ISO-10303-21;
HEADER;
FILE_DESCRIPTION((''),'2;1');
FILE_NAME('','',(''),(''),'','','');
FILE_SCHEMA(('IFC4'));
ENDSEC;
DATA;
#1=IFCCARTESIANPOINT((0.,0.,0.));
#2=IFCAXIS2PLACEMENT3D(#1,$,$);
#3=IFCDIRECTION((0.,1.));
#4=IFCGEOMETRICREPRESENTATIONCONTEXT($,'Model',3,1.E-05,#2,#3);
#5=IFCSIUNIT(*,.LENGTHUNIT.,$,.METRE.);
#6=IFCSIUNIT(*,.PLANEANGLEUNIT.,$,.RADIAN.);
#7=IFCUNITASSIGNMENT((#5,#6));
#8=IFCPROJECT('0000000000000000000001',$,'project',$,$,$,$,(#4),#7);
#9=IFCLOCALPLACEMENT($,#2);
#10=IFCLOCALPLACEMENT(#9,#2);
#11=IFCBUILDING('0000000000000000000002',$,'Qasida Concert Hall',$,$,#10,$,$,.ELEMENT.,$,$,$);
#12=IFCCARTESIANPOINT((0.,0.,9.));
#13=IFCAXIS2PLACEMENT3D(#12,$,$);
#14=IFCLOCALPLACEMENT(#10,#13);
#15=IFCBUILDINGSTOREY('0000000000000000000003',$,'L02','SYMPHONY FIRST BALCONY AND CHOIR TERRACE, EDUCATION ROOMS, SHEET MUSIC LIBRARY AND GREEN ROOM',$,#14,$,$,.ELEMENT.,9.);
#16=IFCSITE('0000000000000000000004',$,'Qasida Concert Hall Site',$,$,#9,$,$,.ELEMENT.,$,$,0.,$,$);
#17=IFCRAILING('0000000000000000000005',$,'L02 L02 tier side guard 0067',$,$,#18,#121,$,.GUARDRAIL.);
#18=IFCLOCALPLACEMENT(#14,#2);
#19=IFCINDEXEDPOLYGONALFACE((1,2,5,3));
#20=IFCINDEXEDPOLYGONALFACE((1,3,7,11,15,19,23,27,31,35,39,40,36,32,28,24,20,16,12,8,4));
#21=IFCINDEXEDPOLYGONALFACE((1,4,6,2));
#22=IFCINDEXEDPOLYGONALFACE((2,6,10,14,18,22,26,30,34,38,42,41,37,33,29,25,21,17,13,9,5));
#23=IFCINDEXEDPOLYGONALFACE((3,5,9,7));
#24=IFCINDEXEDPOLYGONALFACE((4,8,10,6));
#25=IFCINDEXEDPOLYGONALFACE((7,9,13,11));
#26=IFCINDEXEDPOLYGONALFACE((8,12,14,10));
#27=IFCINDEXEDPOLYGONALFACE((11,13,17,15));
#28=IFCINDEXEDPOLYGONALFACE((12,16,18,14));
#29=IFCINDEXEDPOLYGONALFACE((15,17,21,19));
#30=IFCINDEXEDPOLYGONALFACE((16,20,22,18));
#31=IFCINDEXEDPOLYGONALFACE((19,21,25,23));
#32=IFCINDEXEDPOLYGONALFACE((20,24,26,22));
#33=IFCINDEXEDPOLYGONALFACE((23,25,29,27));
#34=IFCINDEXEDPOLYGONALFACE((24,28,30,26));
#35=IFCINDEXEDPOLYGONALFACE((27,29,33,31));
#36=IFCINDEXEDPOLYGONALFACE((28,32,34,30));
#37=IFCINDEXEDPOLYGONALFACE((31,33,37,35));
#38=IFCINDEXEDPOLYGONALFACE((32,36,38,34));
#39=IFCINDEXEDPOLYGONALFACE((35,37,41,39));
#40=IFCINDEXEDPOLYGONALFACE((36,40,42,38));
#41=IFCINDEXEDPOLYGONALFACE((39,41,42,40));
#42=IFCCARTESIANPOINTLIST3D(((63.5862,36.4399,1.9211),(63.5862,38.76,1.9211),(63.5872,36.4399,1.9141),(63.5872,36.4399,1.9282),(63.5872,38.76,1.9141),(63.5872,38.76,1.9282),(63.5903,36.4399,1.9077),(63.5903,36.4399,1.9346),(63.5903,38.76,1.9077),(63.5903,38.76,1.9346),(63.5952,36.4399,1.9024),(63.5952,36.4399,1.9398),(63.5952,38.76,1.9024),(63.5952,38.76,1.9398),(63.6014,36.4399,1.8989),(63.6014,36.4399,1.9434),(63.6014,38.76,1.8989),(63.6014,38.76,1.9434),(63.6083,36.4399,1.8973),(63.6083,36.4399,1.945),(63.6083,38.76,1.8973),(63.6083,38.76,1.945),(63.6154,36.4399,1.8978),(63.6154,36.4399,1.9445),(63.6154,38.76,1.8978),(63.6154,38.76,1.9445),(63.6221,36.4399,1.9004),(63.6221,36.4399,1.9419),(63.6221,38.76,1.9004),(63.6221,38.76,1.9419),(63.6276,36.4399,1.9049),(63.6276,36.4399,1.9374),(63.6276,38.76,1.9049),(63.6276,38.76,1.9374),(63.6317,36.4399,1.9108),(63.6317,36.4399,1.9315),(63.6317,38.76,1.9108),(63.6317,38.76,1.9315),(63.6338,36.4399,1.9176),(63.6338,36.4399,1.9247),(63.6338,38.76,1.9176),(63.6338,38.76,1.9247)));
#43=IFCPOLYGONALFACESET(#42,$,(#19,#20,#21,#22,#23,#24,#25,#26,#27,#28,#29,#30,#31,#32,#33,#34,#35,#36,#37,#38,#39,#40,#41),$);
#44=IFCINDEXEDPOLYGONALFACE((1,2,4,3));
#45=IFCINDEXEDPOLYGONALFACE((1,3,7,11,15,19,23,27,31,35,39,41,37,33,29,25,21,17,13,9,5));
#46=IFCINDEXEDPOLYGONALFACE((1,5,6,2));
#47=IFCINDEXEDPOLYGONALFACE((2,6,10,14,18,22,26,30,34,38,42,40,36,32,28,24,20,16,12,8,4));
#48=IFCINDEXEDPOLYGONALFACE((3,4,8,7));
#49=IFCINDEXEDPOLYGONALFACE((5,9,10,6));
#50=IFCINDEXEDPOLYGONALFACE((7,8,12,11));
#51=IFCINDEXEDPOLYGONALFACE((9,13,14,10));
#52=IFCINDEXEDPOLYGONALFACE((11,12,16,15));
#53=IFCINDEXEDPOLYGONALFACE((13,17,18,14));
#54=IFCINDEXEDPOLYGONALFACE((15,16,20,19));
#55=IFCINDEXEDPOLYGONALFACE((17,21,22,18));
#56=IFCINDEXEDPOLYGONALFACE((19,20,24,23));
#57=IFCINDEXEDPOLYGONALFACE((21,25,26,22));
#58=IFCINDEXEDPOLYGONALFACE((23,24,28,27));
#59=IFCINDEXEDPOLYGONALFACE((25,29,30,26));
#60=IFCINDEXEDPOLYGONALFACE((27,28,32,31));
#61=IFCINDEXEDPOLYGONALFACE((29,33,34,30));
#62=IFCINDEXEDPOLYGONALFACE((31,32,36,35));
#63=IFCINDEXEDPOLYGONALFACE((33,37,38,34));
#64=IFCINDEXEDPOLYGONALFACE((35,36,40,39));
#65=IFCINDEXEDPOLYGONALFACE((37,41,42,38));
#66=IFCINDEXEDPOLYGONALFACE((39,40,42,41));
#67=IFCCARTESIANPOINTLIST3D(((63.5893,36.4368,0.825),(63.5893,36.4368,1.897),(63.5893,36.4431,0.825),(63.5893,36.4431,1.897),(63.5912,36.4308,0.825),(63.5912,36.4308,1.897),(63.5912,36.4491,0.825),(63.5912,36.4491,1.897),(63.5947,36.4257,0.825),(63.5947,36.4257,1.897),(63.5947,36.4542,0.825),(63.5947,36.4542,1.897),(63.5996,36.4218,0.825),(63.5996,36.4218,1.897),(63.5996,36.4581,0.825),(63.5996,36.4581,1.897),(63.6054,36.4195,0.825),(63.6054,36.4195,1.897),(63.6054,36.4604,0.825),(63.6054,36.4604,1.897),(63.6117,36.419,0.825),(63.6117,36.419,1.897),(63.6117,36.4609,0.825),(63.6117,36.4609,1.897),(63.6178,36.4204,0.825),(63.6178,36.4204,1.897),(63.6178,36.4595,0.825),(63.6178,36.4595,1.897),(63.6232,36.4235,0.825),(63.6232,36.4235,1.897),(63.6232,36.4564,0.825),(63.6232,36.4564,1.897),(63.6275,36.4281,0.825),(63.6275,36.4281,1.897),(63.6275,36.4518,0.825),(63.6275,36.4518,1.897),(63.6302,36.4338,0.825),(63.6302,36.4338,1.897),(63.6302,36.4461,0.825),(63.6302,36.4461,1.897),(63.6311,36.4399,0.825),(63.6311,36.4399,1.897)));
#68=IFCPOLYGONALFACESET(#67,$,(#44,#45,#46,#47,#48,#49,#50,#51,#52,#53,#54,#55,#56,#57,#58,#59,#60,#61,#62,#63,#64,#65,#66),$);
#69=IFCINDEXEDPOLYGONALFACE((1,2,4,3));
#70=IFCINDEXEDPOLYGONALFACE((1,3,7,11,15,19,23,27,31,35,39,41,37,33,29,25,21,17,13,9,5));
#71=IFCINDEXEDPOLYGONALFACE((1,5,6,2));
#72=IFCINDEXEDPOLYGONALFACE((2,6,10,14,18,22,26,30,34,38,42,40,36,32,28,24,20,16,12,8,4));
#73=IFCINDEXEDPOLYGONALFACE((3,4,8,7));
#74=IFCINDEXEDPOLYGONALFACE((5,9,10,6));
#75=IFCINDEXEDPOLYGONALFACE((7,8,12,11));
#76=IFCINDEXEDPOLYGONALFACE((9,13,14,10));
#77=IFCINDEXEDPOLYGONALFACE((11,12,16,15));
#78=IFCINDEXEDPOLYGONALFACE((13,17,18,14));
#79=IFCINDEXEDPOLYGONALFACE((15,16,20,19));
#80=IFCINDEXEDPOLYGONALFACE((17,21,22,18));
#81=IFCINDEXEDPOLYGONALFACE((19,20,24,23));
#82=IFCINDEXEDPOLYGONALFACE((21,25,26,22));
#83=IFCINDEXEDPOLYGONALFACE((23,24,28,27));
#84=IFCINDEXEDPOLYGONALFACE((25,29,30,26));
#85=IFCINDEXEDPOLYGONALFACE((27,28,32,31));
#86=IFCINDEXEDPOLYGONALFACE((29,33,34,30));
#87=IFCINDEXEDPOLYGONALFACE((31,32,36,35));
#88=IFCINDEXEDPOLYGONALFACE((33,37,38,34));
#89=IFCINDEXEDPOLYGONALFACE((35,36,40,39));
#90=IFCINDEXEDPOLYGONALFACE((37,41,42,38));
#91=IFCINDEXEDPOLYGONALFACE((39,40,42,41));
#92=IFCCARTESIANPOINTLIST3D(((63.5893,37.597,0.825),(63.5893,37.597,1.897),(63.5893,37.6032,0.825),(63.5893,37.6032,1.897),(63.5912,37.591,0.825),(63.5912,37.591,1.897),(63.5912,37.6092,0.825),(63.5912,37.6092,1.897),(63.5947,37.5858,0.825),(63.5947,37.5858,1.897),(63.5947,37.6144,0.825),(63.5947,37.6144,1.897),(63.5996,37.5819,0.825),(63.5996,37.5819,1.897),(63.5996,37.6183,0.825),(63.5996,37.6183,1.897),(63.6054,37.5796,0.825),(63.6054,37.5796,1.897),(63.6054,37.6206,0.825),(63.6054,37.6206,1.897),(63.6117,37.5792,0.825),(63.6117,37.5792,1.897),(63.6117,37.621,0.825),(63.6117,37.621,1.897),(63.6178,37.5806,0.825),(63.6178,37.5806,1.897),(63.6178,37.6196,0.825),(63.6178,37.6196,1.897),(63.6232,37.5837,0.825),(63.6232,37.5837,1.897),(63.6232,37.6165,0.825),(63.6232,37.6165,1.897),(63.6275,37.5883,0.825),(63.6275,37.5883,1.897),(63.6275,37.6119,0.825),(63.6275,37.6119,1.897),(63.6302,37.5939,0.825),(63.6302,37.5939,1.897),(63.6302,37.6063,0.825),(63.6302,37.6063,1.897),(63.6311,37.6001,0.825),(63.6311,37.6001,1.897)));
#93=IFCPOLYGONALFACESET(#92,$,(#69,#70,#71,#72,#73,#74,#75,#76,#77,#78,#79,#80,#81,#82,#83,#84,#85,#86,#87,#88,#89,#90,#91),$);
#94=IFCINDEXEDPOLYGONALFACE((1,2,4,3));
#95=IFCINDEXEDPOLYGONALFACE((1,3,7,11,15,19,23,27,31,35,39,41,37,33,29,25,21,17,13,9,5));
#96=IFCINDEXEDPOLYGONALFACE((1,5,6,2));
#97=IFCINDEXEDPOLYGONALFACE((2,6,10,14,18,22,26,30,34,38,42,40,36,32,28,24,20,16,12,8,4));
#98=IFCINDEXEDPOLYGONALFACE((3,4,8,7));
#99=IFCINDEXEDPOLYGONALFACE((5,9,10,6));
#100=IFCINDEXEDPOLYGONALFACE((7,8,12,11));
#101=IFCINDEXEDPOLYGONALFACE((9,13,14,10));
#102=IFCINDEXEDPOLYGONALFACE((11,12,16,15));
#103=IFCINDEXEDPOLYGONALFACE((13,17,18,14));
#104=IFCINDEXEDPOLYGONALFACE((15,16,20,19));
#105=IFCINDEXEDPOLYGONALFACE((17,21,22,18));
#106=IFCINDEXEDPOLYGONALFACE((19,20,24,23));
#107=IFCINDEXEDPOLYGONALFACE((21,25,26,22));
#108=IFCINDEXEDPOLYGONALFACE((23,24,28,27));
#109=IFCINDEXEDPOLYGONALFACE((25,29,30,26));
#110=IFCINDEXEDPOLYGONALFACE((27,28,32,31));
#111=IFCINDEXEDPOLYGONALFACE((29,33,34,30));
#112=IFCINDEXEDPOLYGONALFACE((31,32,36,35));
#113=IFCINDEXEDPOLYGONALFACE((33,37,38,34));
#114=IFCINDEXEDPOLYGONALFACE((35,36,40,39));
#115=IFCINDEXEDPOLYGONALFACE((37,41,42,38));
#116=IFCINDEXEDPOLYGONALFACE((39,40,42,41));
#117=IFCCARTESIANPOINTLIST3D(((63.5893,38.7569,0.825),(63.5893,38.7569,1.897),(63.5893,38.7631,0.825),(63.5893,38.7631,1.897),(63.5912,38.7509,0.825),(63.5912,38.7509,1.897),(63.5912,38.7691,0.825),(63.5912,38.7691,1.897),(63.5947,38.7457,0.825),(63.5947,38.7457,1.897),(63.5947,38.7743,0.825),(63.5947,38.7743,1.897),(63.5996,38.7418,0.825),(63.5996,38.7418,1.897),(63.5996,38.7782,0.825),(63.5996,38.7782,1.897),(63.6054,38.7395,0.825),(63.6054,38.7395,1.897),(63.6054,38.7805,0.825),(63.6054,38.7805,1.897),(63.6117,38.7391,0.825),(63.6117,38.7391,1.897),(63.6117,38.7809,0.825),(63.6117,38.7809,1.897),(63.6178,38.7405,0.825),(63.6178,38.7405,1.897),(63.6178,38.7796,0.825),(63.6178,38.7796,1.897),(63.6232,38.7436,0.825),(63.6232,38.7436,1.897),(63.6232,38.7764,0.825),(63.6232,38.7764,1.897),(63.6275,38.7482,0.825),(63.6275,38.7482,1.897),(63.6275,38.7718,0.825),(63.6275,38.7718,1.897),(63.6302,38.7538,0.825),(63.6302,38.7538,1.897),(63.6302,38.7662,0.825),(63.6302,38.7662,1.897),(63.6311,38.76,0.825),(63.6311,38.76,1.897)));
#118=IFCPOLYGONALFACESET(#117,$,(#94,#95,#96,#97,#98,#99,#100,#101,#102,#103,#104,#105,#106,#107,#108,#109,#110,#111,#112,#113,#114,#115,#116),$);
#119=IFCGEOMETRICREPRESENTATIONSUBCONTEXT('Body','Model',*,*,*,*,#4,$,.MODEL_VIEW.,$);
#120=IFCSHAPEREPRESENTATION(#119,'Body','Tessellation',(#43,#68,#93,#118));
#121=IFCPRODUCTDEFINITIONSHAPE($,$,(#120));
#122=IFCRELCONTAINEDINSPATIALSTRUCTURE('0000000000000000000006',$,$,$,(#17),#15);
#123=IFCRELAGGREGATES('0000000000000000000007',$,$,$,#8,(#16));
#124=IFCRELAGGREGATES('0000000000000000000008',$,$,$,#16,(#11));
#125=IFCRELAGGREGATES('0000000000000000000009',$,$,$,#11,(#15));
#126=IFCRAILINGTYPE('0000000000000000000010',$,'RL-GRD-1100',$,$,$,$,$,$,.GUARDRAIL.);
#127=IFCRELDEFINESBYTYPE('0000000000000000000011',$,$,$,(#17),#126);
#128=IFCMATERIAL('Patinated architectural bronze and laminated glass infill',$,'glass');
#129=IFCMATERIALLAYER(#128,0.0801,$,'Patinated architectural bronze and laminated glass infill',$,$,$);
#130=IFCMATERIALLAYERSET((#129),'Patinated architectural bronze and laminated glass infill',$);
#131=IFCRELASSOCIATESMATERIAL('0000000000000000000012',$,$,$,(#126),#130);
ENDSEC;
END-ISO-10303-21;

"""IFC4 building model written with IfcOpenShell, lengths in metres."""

from ifc_helpers import new_model, si_unit, direction, frame, origin, origin_2d, place, context, subcontext, project, spatial, circle, extrude, material, layer, layer_set, type_object, element, save


model = new_model("IFC4")

# Units and contexts
model_context = context("Model", 3, precision=1e-05, world=origin(), true_north=direction((0.0, 1.0)))
body_context = subcontext(model_context, "Body", "Model", "MODEL_VIEW")
ifc_project = project(units=[si_unit("LENGTHUNIT", "METRE"), si_unit("PLANEANGLEUNIT", "RADIAN")], contexts=[model_context])

# Site, building, storey
site_placement = place(None, origin())
site = spatial("IfcSite", under=ifc_project, at=site_placement, Name="Qasida Concert Hall Site", CompositionType="ELEMENT", RefElevation=0.0)
building_placement = place(site_placement, origin())
building = spatial("IfcBuilding", under=site, at=building_placement, Name="Qasida Concert Hall", CompositionType="ELEMENT")
storey_placement = place(building_placement, frame((0.0, 0.0, 9.0)))
storey = spatial("IfcBuildingStorey", under=building, at=storey_placement, Name="L02", Description="SYMPHONY FIRST BALCONY AND CHOIR TERRACE, EDUCATION ROOMS, SHEET MUSIC LIBRARY AND GREEN ROOM", CompositionType="ELEMENT", Elevation=9.0)

# Railing
ifc_material_1 = material(Name="Patinated architectural bronze and laminated glass infill", Category="glass")
ifc_layer_1 = layer(ifc_material_1, 0.0801, Name="Patinated architectural bronze and laminated glass infill")
ifc_layer_set_1 = layer_set([ifc_layer_1], Name="Patinated architectural bronze and laminated glass infill")
railing_type = type_object("IfcRailingType", Name="RL-GRD-1100", PredefinedType="GUARDRAIL", material=ifc_layer_set_1)
for number, where, name in (
    (1, (63.6101, 36.4399, 0.825), "L02 L02 tier side guard 0067"),
):
    element("IfcRailing", number, at=place(storey_placement, frame(where)), inside=storey, type_object=railing_type, Name=name, PredefinedType="GUARDRAIL", context=body_context, shape_type="SweptSolid", body=[
        extrude(circle(Radius=0.0239, at=origin_2d()), frame((0.0, 0.0, 1.0962), z_axis=(0.0, 1.0, 0.0), x_axis=(-1.0, 0.0, 0.0)), (0.0, 0.0, 1.0), 2.3201),
        extrude(circle(Radius=0.021, at=origin_2d()), origin(), (0.0, 0.0, 1.0), 1.072),
        extrude(circle(Radius=0.021, at=origin_2d()), frame((0.0, 1.1602, 0.0)), (0.0, 0.0, 1.0), 1.072),
        extrude(circle(Radius=0.021, at=origin_2d()), frame((0.0, 2.3201, 0.0)), (0.0, 0.0, 1.0), 1.072),
    ])

save(model, "model.ifc")
